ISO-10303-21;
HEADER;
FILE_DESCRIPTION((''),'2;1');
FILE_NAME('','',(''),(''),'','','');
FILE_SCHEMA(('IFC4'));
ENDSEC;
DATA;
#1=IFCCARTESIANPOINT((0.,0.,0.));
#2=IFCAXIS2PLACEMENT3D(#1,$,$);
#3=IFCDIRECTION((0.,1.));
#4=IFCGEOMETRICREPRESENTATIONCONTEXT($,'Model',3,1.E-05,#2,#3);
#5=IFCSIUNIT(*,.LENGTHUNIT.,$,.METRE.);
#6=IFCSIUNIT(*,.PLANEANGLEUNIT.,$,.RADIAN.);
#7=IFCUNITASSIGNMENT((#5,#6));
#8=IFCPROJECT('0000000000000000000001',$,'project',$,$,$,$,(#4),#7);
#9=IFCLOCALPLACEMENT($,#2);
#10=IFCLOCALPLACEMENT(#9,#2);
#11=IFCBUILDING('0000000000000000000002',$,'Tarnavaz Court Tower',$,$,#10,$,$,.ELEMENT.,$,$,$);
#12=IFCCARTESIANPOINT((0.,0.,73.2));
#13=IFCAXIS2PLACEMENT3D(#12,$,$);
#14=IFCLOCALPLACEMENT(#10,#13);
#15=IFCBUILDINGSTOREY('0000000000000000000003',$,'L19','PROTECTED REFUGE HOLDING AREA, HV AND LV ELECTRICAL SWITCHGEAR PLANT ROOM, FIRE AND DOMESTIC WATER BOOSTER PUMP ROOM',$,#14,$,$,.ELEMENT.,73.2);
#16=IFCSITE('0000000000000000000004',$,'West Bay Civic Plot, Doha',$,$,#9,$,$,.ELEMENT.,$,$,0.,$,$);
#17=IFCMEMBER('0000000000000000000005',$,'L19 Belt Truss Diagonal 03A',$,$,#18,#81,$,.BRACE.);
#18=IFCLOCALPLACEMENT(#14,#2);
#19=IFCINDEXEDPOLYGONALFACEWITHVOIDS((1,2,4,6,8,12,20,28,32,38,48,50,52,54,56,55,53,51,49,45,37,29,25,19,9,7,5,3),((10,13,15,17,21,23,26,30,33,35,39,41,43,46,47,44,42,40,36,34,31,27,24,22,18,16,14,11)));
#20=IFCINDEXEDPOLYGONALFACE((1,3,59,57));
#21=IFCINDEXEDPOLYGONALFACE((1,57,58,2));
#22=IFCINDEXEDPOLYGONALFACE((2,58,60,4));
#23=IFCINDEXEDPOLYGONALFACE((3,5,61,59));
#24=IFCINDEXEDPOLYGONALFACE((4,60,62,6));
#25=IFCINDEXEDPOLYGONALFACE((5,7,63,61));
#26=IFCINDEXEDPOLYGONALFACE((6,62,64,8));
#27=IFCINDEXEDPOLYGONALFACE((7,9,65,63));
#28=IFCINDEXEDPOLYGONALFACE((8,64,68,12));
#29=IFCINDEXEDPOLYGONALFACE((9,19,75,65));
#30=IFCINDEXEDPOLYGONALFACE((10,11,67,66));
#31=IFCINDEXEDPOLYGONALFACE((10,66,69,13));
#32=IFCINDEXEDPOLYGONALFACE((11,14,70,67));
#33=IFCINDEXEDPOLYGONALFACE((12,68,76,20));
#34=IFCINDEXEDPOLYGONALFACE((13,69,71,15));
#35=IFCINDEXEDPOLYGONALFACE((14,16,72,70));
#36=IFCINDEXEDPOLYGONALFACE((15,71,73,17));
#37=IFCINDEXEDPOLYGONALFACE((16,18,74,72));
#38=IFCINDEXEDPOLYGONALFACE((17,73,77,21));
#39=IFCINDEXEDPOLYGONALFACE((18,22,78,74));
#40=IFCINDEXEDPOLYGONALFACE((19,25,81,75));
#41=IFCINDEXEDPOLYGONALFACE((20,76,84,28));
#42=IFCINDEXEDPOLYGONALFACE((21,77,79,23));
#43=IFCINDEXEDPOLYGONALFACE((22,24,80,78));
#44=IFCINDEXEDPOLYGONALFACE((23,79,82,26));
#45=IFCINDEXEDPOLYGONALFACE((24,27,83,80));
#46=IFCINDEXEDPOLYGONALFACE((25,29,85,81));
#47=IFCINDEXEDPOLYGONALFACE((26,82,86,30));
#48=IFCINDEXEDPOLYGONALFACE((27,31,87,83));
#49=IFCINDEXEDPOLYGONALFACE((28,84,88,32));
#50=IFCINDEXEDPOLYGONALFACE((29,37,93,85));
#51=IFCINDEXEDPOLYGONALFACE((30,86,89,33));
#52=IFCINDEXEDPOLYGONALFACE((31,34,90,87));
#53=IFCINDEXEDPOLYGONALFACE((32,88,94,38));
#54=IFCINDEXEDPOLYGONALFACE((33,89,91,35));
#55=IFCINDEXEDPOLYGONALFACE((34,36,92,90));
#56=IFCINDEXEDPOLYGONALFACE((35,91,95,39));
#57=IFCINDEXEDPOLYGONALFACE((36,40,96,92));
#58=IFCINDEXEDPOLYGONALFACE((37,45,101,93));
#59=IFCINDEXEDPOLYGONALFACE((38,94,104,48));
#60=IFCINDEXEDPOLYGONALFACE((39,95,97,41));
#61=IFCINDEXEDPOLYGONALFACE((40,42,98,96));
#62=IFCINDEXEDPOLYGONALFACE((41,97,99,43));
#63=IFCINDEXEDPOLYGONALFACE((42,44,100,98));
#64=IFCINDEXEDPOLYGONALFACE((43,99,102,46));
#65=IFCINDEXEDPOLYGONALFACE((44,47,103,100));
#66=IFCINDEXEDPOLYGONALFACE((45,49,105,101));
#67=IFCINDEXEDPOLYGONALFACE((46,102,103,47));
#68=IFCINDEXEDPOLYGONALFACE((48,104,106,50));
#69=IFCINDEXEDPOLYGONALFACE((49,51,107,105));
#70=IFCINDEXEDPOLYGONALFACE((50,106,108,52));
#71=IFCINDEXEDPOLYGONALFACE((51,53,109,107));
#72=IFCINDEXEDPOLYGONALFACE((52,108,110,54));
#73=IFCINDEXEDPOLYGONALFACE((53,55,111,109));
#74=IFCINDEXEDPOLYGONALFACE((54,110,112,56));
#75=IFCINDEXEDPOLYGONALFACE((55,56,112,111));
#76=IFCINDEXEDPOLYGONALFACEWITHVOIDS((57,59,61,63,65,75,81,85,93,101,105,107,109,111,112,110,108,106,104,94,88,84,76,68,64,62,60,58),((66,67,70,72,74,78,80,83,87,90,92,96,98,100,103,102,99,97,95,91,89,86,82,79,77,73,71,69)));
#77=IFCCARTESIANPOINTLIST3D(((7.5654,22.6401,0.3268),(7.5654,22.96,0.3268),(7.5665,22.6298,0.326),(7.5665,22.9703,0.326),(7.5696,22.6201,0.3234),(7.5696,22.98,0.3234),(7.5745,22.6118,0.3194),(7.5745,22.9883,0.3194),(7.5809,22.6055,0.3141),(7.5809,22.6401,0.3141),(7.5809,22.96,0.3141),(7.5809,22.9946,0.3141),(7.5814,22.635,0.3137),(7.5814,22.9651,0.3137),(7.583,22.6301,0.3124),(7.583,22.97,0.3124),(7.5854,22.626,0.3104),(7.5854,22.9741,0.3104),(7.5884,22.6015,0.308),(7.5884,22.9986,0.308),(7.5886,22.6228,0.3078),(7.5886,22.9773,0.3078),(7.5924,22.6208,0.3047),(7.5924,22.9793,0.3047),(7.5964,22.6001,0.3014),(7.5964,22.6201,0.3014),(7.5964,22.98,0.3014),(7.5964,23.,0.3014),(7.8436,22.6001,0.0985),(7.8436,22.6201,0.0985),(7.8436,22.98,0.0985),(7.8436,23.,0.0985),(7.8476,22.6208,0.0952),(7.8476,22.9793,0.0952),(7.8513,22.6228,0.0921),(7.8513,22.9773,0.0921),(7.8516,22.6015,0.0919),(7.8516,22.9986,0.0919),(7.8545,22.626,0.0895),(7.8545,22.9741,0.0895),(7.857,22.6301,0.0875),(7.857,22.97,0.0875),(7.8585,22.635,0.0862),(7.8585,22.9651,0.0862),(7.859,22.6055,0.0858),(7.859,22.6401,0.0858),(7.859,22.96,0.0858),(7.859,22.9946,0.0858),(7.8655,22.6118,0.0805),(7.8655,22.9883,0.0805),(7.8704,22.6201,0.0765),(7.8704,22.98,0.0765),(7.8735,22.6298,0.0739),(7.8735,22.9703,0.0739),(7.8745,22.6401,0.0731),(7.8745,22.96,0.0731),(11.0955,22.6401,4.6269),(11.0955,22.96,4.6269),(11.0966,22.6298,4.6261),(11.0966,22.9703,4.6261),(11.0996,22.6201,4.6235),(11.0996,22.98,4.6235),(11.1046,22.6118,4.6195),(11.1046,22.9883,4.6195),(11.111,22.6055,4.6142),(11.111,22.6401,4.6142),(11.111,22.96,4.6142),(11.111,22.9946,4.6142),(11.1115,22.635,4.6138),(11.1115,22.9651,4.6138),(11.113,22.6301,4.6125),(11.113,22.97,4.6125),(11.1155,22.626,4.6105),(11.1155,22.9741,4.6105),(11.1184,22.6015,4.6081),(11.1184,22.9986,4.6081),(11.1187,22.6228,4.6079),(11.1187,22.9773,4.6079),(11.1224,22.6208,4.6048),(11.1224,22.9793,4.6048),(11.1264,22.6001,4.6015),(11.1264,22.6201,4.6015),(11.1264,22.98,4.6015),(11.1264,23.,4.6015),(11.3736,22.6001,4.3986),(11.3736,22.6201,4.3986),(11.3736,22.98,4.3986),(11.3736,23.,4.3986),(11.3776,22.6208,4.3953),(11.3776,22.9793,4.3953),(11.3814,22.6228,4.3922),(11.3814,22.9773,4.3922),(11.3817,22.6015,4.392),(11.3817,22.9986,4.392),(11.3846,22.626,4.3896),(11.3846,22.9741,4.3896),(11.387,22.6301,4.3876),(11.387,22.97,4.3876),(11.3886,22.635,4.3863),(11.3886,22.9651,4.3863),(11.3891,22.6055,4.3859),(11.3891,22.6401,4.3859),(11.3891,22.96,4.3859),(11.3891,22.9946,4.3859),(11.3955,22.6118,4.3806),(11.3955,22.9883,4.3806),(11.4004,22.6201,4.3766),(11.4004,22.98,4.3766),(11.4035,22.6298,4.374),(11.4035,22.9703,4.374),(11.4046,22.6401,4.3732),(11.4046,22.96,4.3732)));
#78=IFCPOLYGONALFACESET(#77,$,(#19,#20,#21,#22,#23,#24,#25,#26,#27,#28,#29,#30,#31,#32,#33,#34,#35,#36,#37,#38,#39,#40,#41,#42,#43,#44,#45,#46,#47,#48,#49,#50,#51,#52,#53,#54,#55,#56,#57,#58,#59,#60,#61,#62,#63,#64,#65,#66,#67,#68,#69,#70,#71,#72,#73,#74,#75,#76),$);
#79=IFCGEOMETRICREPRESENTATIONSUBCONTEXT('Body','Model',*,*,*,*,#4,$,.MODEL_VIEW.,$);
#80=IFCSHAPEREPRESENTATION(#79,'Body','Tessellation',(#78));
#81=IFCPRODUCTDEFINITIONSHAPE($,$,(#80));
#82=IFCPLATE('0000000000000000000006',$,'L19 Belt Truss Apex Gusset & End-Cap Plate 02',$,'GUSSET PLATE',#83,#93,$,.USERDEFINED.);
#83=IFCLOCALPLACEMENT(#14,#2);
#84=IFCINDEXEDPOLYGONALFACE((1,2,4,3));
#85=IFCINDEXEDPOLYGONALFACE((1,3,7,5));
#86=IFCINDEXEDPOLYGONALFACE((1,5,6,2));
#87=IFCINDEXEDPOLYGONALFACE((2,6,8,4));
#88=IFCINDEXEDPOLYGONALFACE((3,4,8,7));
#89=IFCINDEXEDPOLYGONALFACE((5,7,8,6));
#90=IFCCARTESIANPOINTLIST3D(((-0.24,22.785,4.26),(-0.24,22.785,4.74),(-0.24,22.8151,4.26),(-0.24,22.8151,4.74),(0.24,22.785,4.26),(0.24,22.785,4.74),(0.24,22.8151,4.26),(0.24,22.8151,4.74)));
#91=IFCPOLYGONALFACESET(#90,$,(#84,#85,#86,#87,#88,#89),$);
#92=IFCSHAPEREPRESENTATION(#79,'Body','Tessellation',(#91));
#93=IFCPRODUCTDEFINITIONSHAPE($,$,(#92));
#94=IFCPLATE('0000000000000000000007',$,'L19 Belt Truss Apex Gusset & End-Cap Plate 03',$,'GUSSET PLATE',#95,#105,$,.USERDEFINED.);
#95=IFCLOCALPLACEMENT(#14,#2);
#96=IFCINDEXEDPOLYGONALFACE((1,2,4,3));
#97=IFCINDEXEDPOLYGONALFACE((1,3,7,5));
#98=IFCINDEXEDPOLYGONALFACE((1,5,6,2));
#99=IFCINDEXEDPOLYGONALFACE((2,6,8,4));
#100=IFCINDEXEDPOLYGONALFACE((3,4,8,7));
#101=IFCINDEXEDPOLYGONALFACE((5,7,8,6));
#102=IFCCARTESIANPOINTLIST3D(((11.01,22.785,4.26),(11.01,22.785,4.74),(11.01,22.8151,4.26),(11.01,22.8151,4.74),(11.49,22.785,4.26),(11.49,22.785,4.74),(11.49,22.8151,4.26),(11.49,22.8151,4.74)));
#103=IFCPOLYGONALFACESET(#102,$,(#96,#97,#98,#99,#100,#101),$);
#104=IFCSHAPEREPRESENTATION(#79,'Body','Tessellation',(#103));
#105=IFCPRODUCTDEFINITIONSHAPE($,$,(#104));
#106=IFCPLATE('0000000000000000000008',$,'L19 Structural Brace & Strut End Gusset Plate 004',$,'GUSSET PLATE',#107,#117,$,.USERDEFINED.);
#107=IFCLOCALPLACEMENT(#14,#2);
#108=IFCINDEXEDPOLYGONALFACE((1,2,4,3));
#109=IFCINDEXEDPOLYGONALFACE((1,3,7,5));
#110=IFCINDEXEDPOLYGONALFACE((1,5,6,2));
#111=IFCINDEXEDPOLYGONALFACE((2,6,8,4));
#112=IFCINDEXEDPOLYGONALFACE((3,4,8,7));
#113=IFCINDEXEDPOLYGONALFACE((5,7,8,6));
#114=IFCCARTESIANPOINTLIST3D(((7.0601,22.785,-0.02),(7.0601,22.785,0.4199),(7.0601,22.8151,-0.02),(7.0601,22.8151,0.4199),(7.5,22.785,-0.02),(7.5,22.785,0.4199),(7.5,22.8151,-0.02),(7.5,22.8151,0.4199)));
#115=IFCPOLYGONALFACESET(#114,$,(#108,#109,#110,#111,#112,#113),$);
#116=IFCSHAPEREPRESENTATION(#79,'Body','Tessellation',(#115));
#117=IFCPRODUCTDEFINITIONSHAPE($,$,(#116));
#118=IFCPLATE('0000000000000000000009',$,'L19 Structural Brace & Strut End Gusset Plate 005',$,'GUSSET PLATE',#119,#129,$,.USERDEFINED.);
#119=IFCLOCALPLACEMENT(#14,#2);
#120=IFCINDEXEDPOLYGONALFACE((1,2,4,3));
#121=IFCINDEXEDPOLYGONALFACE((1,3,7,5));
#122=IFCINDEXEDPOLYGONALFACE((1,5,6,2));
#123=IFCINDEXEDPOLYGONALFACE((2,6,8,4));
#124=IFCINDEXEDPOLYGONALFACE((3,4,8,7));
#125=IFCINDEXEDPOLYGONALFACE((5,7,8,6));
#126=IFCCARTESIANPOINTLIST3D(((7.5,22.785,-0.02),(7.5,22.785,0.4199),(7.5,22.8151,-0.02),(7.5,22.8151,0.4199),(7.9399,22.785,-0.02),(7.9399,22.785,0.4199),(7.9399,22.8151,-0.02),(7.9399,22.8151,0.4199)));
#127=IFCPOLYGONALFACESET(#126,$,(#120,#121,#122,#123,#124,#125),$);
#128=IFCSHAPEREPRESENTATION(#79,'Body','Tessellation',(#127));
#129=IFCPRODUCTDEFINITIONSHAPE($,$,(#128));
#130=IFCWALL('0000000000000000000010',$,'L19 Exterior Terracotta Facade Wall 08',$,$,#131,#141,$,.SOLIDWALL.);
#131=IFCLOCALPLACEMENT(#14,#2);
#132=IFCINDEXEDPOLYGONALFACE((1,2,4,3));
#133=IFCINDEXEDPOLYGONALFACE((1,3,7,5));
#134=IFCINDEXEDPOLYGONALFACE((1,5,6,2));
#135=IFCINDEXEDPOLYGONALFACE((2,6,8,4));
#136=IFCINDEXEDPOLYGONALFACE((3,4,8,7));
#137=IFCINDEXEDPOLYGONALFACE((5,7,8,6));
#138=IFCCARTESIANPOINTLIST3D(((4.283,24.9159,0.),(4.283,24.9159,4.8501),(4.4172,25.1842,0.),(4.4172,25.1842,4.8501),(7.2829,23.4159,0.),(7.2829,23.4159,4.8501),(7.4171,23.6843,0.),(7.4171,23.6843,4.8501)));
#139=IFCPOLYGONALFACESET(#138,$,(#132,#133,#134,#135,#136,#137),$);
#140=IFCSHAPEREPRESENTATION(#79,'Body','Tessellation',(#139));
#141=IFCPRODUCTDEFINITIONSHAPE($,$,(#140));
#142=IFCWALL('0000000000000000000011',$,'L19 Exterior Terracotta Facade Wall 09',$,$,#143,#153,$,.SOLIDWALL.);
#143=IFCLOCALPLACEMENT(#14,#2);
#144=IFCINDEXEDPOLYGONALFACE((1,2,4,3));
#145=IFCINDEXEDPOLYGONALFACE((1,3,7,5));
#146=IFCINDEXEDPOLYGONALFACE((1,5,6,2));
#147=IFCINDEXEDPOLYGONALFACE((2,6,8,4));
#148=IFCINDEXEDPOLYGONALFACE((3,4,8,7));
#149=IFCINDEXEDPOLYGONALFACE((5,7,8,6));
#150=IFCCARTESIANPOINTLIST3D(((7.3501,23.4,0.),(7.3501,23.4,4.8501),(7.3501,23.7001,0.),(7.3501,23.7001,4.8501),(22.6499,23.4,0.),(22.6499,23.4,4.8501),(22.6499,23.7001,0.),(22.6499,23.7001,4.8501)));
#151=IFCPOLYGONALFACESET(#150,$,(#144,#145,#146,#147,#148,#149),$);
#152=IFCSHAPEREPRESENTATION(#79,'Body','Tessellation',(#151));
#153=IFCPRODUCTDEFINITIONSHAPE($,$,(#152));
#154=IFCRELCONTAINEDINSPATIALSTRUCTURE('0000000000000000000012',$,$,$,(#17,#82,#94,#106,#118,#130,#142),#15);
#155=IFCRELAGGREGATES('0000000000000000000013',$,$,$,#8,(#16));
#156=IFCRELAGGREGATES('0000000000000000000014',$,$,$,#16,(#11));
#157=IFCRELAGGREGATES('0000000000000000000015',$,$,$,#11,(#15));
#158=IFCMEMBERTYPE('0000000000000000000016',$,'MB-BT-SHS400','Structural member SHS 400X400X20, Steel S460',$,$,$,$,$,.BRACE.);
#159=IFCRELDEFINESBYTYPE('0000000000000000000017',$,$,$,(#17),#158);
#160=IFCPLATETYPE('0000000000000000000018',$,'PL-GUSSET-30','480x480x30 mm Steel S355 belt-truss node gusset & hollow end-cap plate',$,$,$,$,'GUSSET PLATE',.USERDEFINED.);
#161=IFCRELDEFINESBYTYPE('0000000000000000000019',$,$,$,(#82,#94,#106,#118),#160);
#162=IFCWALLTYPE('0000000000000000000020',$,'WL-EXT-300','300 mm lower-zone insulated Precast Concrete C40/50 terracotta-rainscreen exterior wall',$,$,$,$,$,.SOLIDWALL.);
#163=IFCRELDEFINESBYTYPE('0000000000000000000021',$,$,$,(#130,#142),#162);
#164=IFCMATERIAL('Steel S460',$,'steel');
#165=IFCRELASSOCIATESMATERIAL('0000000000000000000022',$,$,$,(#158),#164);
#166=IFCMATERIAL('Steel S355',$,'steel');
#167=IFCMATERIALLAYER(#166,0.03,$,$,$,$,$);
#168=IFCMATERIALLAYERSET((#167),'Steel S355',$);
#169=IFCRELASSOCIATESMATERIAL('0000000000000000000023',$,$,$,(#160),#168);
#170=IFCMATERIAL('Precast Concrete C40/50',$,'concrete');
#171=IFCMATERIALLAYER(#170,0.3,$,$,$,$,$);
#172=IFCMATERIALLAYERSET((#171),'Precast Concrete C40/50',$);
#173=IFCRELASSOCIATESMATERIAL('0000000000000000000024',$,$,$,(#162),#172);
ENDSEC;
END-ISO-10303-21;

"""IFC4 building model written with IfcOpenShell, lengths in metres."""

from ifc_helpers import new_model, si_unit, direction, frame, frame_2d, origin, origin_2d, place, context, subcontext, project, spatial, rectangle, hollow_rectangle, extrude, material, layer, layer_set, material_profile, profile_set, type_object, element, save


model = new_model("IFC4")

# Units and contexts
model_context = context("Model", 3, precision=1e-05, world=origin(), true_north=direction((0.0, 1.0)))
body_context = subcontext(model_context, "Body", "Model", "MODEL_VIEW")
ifc_project = project(units=[si_unit("LENGTHUNIT", "METRE"), si_unit("PLANEANGLEUNIT", "RADIAN")], contexts=[model_context])

# Site, building, storey
site_placement = place(None, origin())
site = spatial("IfcSite", under=ifc_project, at=site_placement, Name="West Bay Civic Plot, Doha", CompositionType="ELEMENT", RefElevation=0.0)
building_placement = place(site_placement, origin())
building = spatial("IfcBuilding", under=site, at=building_placement, Name="Tarnavaz Court Tower", CompositionType="ELEMENT")
storey_placement = place(building_placement, frame((0.0, 0.0, 73.2)))
storey = spatial("IfcBuildingStorey", under=building, at=storey_placement, Name="L19", Description="PROTECTED REFUGE HOLDING AREA, HV AND LV ELECTRICAL SWITCHGEAR PLANT ROOM, FIRE AND DOMESTIC WATER BOOSTER PUMP ROOM", CompositionType="ELEMENT", Elevation=73.2)

# Shared definitions
ifc_material_1 = material(Name="Steel S460", Category="steel")

# Shared definitions
ifc_material_2 = material(Name="Steel S355", Category="steel")

# Member
ifc_material_profile_1 = material_profile(ifc_material_1, hollow_rectangle(XDim=0.3999, YDim=0.3999, WallThickness=0.02, InnerFilletRadius=0.02, OuterFilletRadius=0.04, at=origin_2d()), Name="SHS 400X400X20")
ifc_profile_set_1 = profile_set([ifc_material_profile_1], Name="Steel S460")
member_type_1 = type_object("IfcMemberType", Name="MB-BT-SHS400", Description="Structural member SHS 400X400X20, Steel S460", PredefinedType="BRACE", material=ifc_profile_set_1)
member_1_placement = place(storey_placement, frame((7.72, 22.8, 0.2), z_axis=(0.634508, 0.0, 0.772916), x_axis=(0.0, 1.0, 0.0)))
element("IfcMember", 1, at=member_1_placement, inside=storey, type_object=member_type_1, Name="L19 Belt Truss Diagonal 03A", PredefinedType="BRACE", context=body_context, shape_type="SweptSolid", body=[
    extrude(hollow_rectangle(XDim=0.3999, YDim=0.3999, WallThickness=0.02, InnerFilletRadius=0.02, OuterFilletRadius=0.04, at=origin_2d()), origin(), (0.0, 0.0, 1.0), 5.5635),
])

# Plates
ifc_layer_1 = layer(ifc_material_2, 0.03)
ifc_layer_set_1 = layer_set([ifc_layer_1], Name="Steel S355")
plate_type = type_object("IfcPlateType", Name="PL-GUSSET-30", Description="480x480x30 mm Steel S355 belt-truss node gusset & hollow end-cap plate", ElementType="GUSSET PLATE", PredefinedType="USERDEFINED", material=ifc_layer_set_1)
for number, where, z_axis, x_axis, name in (
    (2, (0.0, 22.8, 4.26), (0.0, 0.0, 1.0), (1.0, 0.0, 0.0), "L19 Belt Truss Apex Gusset & End-Cap Plate 02"),
    (3, (11.25, 22.8, 4.26), (0.0, 0.0, 1.0), (1.0, 0.0, 0.0), "L19 Belt Truss Apex Gusset & End-Cap Plate 03"),
):
    element("IfcPlate", number, at=place(storey_placement, frame(where, z_axis=z_axis, x_axis=x_axis)), inside=storey, type_object=plate_type, Name=name, ObjectType="GUSSET PLATE", PredefinedType="USERDEFINED", context=body_context, shape_type="SweptSolid", body=[
        extrude(rectangle(XDim=0.48, YDim=0.03, at=origin_2d()), origin(), (0.0, 0.0, 1.0), 0.48),
    ])
for number, where, z_axis, x_axis, name in (
    (4, (7.28, 22.8, -0.02), (0.0, 0.0, 1.0), (1.0, 0.0, 0.0), "L19 Structural Brace & Strut End Gusset Plate 004"),
    (5, (7.72, 22.8, -0.02), (0.0, 0.0, 1.0), (1.0, 0.0, 0.0), "L19 Structural Brace & Strut End Gusset Plate 005"),
):
    element("IfcPlate", number, at=place(storey_placement, frame(where, z_axis=z_axis, x_axis=x_axis)), inside=storey, type_object=plate_type, Name=name, ObjectType="GUSSET PLATE", PredefinedType="USERDEFINED", context=body_context, shape_type="SweptSolid", body=[
        extrude(rectangle(XDim=0.4399, YDim=0.03, at=origin_2d()), origin(), (0.0, 0.0, 1.0), 0.4399),
    ])

# Walls
ifc_material_3 = material(Name="Precast Concrete C40/50", Category="concrete")
ifc_layer_2 = layer(ifc_material_3, 0.3)
ifc_layer_set_2 = layer_set([ifc_layer_2], Name="Precast Concrete C40/50")
wall_type_1 = type_object("IfcWallType", Name="WL-EXT-300", Description="300 mm lower-zone insulated Precast Concrete C40/50 terracotta-rainscreen exterior wall", PredefinedType="SOLIDWALL", material=ifc_layer_set_2)
wall_1_placement = place(storey_placement, frame((4.3501, 25.05, 0.0), z_axis=(0.0, 0.0, 1.0), x_axis=(0.894427, -0.447214, 0.0)))
element("IfcWall", 6, at=wall_1_placement, inside=storey, type_object=wall_type_1, Name="L19 Exterior Terracotta Facade Wall 08", PredefinedType="SOLIDWALL", context=body_context, shape_type="SweptSolid", body=[
    extrude(rectangle(XDim=3.354, YDim=0.3, at=frame_2d((1.677, 0.0))), origin(), (0.0, 0.0, 1.0), 4.8501),
])
wall_2_placement = place(storey_placement, frame((7.3501, 23.55, 0.0), z_axis=(0.0, 0.0, 1.0), x_axis=(1.0, 0.0, 0.0)))
element("IfcWall", 7, at=wall_2_placement, inside=storey, type_object=wall_type_1, Name="L19 Exterior Terracotta Facade Wall 09", PredefinedType="SOLIDWALL", context=body_context, shape_type="SweptSolid", body=[
    extrude(rectangle(XDim=15.2998, YDim=0.3, at=frame_2d((7.6499, 0.0))), origin(), (0.0, 0.0, 1.0), 4.8501),
])

save(model, "model.ifc")
